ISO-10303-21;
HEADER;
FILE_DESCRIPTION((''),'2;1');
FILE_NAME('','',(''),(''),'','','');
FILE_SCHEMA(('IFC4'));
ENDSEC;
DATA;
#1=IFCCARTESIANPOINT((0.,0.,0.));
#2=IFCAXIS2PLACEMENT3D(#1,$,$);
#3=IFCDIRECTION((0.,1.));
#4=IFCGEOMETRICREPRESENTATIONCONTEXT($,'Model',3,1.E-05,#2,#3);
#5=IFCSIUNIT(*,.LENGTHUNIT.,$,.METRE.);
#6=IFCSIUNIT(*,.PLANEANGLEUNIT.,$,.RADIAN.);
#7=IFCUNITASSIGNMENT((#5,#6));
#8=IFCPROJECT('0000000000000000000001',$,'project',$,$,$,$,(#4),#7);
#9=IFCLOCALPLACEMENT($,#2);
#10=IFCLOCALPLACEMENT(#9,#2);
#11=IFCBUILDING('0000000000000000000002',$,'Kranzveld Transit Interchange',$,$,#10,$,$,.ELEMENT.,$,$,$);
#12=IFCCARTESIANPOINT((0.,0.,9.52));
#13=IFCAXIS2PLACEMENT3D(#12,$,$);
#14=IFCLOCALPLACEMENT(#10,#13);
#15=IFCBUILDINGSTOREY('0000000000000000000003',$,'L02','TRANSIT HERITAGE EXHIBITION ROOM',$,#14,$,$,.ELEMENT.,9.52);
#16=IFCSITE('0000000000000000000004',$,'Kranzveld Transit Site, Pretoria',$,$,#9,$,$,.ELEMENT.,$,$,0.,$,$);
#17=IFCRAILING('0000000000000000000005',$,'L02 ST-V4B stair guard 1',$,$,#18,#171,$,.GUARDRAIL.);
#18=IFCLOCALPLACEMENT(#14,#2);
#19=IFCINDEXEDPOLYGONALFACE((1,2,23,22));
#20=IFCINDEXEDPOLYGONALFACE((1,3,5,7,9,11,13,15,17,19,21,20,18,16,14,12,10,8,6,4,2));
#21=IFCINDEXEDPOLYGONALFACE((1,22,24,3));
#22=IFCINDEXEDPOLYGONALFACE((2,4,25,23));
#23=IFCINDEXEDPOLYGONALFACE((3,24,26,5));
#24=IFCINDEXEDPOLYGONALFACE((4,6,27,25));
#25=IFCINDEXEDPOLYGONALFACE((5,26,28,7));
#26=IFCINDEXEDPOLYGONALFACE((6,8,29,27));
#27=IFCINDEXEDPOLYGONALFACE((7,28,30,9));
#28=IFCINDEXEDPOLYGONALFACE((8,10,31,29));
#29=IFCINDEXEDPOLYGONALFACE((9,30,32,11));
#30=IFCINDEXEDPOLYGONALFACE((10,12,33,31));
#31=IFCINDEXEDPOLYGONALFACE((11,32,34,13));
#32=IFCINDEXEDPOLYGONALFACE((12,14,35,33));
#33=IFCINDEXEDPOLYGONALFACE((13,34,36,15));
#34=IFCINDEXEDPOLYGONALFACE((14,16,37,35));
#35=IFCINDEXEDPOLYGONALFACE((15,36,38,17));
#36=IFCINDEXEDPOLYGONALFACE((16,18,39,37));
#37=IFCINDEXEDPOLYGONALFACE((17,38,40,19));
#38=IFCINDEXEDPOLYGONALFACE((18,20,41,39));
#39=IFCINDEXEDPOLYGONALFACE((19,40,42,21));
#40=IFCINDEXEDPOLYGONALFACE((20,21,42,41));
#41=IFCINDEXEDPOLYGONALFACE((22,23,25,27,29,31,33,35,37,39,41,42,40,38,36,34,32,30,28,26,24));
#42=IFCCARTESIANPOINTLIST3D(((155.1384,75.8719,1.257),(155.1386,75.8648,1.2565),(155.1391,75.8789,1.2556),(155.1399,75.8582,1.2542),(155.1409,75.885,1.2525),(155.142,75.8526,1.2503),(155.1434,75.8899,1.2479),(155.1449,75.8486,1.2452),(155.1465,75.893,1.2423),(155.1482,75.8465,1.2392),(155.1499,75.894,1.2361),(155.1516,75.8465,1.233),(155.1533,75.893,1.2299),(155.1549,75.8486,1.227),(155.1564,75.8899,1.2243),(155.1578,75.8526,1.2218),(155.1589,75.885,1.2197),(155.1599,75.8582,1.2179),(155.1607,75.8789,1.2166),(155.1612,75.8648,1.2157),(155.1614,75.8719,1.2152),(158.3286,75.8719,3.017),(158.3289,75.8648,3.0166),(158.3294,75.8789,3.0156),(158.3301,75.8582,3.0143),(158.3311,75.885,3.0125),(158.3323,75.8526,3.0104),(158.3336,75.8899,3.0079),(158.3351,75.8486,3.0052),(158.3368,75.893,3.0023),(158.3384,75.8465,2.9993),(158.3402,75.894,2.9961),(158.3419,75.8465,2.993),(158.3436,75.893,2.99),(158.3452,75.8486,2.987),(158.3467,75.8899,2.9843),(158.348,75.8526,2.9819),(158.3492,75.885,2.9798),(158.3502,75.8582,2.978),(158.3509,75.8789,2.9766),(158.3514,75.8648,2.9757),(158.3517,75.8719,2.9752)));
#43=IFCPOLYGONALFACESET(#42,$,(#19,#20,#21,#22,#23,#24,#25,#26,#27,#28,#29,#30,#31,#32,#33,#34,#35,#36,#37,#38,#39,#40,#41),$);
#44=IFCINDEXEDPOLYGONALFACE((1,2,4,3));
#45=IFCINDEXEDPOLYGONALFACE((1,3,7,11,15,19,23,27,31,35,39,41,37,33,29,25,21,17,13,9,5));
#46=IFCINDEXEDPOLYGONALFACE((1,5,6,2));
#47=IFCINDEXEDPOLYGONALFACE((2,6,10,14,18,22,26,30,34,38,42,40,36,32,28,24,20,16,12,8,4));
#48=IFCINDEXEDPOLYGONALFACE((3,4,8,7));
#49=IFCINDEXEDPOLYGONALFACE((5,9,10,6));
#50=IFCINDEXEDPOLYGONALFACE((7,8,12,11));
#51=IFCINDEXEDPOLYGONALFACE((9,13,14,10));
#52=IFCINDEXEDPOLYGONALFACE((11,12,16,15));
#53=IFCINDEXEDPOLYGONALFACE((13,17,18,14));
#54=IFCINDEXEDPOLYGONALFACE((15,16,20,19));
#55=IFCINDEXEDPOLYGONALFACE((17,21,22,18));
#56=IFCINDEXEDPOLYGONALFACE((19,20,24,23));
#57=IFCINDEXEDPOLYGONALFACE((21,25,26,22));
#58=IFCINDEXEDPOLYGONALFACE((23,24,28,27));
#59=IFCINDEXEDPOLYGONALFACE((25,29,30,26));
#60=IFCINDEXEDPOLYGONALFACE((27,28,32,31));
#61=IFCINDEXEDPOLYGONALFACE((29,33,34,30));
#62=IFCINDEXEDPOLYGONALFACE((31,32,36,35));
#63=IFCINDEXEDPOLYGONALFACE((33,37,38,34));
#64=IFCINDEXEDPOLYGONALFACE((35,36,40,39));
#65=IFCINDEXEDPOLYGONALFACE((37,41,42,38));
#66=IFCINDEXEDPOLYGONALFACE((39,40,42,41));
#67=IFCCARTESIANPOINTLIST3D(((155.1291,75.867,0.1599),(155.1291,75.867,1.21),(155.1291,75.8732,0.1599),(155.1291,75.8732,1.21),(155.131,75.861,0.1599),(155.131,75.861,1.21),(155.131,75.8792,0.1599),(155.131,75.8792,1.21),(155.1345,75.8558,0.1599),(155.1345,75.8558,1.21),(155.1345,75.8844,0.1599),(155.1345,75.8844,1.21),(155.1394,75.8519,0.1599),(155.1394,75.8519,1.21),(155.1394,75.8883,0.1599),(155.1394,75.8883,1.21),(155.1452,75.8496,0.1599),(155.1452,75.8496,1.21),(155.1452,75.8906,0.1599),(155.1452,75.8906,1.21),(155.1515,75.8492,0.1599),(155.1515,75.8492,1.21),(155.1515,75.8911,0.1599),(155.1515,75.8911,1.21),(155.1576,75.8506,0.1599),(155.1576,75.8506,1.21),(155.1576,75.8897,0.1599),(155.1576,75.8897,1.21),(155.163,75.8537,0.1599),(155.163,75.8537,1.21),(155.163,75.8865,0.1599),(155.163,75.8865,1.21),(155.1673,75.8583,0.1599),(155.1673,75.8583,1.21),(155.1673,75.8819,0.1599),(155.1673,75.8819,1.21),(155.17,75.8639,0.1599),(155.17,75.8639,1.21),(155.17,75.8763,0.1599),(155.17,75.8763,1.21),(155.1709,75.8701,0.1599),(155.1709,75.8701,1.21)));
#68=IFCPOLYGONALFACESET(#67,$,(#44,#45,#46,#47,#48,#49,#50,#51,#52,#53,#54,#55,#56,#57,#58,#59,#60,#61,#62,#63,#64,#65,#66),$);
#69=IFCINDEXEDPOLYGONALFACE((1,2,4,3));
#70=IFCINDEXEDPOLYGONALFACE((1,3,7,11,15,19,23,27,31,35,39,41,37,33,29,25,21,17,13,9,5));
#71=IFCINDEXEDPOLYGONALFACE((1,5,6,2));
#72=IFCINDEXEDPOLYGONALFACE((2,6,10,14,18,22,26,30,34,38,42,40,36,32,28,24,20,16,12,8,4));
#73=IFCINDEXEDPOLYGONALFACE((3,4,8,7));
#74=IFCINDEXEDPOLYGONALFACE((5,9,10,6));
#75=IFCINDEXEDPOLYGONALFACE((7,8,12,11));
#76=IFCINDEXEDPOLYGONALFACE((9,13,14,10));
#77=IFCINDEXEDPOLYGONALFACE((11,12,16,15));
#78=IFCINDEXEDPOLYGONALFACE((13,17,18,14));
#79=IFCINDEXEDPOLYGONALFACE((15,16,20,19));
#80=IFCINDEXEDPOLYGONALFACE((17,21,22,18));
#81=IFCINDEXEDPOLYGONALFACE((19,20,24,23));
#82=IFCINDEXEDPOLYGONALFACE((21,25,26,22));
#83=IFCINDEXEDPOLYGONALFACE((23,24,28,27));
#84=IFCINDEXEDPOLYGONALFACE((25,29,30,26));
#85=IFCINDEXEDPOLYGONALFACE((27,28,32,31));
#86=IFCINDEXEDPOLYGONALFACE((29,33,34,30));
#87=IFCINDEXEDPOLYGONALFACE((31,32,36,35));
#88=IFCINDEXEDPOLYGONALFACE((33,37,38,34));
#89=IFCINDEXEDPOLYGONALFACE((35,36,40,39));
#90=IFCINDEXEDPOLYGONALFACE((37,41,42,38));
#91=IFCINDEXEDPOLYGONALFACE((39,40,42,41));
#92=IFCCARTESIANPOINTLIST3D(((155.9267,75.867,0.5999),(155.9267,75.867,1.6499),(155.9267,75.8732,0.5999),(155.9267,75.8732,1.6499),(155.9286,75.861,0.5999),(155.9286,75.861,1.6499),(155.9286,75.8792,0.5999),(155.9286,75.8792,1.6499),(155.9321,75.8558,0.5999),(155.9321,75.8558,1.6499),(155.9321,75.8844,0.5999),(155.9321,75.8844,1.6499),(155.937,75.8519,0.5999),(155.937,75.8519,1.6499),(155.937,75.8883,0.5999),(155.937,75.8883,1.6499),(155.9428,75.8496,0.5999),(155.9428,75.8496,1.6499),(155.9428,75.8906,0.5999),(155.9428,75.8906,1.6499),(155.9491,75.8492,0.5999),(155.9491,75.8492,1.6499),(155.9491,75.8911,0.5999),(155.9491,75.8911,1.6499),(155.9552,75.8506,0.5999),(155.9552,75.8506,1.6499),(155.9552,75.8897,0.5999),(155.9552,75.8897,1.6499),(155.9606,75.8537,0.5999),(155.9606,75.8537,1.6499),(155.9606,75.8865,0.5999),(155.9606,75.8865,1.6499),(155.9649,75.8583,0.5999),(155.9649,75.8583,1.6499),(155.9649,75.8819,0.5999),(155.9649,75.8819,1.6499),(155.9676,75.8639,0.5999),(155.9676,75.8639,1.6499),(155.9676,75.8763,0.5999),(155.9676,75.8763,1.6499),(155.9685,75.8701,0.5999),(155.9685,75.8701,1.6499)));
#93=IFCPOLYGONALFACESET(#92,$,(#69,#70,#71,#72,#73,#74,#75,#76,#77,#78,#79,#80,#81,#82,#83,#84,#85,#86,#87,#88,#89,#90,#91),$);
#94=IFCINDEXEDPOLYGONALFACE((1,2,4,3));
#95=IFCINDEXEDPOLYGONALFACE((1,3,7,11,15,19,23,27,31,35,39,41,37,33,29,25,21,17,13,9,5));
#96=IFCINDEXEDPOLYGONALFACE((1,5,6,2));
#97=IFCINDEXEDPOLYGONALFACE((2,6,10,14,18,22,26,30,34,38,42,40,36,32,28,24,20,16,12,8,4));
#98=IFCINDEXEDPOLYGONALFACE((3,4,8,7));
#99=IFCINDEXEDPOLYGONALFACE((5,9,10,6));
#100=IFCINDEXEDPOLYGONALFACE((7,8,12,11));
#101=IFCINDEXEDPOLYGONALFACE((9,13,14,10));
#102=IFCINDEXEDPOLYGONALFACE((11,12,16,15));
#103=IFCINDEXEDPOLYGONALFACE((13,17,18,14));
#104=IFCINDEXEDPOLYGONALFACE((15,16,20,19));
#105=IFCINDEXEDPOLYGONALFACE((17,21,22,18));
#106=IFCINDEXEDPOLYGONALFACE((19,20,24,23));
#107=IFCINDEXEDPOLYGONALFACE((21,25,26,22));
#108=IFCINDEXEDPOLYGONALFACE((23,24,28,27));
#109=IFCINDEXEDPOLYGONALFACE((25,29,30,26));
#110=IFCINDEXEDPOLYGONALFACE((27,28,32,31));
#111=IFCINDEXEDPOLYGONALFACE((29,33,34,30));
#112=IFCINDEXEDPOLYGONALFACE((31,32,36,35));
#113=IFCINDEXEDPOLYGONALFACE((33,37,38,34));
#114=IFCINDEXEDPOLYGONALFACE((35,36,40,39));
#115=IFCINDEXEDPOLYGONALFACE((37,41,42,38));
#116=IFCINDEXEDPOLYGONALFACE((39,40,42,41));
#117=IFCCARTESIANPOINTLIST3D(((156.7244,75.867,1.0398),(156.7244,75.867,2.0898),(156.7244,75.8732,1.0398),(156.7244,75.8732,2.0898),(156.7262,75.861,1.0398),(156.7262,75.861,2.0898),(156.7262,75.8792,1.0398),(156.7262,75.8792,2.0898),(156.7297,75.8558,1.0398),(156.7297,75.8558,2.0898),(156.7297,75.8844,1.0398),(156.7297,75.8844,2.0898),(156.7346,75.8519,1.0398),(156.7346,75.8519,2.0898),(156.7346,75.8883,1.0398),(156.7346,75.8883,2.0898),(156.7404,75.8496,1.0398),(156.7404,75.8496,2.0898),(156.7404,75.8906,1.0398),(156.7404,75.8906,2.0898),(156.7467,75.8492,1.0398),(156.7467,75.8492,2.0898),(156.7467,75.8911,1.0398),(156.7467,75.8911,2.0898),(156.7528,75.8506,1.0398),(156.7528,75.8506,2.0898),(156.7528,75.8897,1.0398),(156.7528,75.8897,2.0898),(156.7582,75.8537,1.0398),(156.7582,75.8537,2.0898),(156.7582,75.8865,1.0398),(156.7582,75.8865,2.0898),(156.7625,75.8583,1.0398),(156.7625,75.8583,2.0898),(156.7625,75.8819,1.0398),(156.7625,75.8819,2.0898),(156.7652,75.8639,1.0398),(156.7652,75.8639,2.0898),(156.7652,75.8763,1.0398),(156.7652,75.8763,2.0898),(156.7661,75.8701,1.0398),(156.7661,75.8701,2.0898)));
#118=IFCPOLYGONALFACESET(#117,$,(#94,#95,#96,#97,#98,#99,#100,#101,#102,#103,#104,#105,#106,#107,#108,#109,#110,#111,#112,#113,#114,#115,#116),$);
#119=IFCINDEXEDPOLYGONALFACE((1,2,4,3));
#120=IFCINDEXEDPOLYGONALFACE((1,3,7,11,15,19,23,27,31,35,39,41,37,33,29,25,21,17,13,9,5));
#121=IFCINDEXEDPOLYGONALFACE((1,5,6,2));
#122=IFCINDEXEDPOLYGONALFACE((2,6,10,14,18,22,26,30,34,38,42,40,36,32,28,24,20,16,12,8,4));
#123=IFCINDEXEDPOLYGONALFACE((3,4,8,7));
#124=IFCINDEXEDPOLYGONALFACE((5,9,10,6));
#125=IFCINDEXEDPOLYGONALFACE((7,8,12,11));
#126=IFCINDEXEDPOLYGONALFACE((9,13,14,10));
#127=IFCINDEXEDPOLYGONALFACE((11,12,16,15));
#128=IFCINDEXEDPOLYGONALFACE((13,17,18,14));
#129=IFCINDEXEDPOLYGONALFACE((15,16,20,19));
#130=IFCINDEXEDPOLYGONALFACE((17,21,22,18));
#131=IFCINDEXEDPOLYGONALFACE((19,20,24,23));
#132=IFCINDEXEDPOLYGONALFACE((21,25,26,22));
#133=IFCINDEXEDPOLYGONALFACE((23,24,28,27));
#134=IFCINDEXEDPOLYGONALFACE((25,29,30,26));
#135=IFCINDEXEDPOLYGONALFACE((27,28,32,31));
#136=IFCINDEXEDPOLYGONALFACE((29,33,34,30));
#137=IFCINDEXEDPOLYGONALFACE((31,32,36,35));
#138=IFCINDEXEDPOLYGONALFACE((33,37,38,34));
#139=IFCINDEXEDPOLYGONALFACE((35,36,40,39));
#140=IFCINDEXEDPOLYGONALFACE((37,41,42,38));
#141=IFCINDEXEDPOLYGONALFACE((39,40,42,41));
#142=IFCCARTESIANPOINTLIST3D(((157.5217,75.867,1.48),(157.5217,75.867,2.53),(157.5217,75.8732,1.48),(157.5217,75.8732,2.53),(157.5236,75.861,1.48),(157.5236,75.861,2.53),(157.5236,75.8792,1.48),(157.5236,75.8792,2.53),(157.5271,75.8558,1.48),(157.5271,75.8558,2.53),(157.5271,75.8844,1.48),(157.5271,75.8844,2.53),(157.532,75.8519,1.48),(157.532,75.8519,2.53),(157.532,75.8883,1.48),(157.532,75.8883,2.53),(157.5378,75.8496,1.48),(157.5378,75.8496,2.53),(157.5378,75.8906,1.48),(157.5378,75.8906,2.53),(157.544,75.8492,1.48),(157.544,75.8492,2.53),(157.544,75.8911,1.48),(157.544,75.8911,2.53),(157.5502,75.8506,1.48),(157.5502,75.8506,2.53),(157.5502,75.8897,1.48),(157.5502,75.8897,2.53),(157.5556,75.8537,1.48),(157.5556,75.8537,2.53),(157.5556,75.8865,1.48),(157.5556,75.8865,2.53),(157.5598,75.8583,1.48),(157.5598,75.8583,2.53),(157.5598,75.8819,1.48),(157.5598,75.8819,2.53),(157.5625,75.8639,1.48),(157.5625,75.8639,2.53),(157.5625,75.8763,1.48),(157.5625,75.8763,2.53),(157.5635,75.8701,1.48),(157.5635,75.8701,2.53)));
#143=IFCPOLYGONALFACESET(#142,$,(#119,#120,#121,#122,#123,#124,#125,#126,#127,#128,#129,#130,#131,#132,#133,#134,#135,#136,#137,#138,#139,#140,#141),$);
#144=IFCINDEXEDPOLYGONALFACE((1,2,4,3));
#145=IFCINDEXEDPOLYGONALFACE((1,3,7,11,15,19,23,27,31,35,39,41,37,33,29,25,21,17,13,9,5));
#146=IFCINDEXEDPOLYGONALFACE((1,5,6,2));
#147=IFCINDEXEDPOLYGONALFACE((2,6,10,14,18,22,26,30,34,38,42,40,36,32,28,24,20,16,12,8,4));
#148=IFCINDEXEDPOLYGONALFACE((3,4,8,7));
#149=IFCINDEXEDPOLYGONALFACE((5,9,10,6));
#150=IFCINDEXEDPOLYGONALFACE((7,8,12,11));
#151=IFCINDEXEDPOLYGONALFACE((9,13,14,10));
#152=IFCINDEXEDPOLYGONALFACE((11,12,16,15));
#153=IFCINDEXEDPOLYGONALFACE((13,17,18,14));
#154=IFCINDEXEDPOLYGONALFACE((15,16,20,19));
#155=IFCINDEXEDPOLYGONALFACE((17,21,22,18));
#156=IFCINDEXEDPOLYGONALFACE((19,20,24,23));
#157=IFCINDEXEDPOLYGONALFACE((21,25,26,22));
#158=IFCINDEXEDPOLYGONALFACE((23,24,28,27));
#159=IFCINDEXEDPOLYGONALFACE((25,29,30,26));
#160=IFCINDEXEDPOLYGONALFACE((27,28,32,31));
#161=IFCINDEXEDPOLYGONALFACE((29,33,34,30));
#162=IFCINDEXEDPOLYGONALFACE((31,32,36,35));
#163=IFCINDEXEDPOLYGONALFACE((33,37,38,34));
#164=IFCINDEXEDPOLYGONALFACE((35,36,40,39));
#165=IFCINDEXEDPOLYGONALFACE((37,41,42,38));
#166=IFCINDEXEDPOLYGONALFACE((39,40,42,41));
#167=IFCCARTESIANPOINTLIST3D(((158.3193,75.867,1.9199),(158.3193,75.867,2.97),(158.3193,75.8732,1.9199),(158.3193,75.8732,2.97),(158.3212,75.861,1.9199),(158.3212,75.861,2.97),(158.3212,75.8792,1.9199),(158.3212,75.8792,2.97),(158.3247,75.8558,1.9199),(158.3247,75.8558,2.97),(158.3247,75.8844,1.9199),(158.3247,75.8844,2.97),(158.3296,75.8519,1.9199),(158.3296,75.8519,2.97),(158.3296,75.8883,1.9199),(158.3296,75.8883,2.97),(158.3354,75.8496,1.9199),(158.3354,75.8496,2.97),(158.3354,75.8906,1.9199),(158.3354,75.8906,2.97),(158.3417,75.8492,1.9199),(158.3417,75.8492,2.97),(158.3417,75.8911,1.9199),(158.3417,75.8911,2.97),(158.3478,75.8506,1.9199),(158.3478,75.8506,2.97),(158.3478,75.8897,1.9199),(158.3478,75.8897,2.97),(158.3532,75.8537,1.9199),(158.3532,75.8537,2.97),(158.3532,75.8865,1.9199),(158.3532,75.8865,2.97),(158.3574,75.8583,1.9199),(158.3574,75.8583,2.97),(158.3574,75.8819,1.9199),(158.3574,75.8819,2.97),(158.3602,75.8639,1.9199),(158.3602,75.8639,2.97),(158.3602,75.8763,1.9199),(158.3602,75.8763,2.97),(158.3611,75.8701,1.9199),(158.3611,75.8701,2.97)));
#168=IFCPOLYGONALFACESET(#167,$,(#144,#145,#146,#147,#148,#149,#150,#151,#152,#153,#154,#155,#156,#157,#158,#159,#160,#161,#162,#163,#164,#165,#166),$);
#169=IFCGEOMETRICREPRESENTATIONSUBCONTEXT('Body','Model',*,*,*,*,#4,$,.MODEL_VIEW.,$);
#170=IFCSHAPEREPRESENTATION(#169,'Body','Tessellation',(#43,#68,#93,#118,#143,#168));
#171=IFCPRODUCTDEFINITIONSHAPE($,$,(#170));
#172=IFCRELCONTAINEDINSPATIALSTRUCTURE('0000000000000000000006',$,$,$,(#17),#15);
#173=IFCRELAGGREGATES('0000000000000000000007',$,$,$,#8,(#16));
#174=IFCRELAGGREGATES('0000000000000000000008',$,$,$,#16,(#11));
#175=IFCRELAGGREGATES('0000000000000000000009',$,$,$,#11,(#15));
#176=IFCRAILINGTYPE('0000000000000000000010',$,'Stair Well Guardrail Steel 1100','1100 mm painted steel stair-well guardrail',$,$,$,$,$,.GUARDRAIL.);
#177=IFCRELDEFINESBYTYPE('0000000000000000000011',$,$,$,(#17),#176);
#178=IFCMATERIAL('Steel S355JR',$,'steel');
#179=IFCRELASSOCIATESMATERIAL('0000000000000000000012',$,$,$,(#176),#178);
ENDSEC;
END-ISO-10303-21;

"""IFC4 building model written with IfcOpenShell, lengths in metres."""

from ifc_helpers import new_model, si_unit, direction, frame, origin, origin_2d, place, context, subcontext, project, spatial, circle, extrude, material, type_object, element, save


model = new_model("IFC4")

# Units and contexts
model_context = context("Model", 3, precision=1e-05, world=origin(), true_north=direction((0.0, 1.0)))
body_context = subcontext(model_context, "Body", "Model", "MODEL_VIEW")
ifc_project = project(units=[si_unit("LENGTHUNIT", "METRE"), si_unit("PLANEANGLEUNIT", "RADIAN")], contexts=[model_context])

# Site, building, storey
site_placement = place(None, origin())
site = spatial("IfcSite", under=ifc_project, at=site_placement, Name="Kranzveld Transit Site, Pretoria", CompositionType="ELEMENT", RefElevation=0.0)
building_placement = place(site_placement, origin())
building = spatial("IfcBuilding", under=site, at=building_placement, Name="Kranzveld Transit Interchange", CompositionType="ELEMENT")
storey_placement = place(building_placement, frame((0.0, 0.0, 9.52)))
storey = spatial("IfcBuildingStorey", under=building, at=storey_placement, Name="L02", Description="TRANSIT HERITAGE EXHIBITION ROOM", CompositionType="ELEMENT", Elevation=9.52)

# Railing
ifc_material_1 = material(Name="Steel S355JR", Category="steel")
railing_type_1 = type_object("IfcRailingType", Name="Stair Well Guardrail Steel 1100", Description="1100 mm painted steel stair-well guardrail", PredefinedType="GUARDRAIL", material=ifc_material_1)
railing_1_placement = place(storey_placement, frame((155.1499, 75.8701, 0.1599)))
element("IfcRailing", 1, at=railing_1_placement, inside=storey, type_object=railing_type_1, Name="L02 ST-V4B stair guard 1", PredefinedType="GUARDRAIL", context=body_context, shape_type="SweptSolid", body=[
    extrude(circle(Radius=0.0239, at=origin_2d()), frame((0.0, 0.0, 1.0762), z_axis=(0.875588, 0.0, 0.483058), x_axis=(0.0, 1.0, 0.0)), (0.0, 0.0, 1.0), 3.6436),
    extrude(circle(Radius=0.021, at=origin_2d()), origin(), (0.0, 0.0, 1.0), 1.05),
    extrude(circle(Radius=0.021, at=origin_2d()), frame((0.7976, 0.0, 0.4399)), (0.0, 0.0, 1.0), 1.05),
    extrude(circle(Radius=0.021, at=origin_2d()), frame((1.5952, 0.0, 0.8799)), (0.0, 0.0, 1.0), 1.05),
    extrude(circle(Radius=0.021, at=origin_2d()), frame((2.3926, 0.0, 1.3201)), (0.0, 0.0, 1.0), 1.05),
    extrude(circle(Radius=0.021, at=origin_2d()), frame((3.1902, 0.0, 1.76)), (0.0, 0.0, 1.0), 1.05),
])

save(model, "model.ifc")
